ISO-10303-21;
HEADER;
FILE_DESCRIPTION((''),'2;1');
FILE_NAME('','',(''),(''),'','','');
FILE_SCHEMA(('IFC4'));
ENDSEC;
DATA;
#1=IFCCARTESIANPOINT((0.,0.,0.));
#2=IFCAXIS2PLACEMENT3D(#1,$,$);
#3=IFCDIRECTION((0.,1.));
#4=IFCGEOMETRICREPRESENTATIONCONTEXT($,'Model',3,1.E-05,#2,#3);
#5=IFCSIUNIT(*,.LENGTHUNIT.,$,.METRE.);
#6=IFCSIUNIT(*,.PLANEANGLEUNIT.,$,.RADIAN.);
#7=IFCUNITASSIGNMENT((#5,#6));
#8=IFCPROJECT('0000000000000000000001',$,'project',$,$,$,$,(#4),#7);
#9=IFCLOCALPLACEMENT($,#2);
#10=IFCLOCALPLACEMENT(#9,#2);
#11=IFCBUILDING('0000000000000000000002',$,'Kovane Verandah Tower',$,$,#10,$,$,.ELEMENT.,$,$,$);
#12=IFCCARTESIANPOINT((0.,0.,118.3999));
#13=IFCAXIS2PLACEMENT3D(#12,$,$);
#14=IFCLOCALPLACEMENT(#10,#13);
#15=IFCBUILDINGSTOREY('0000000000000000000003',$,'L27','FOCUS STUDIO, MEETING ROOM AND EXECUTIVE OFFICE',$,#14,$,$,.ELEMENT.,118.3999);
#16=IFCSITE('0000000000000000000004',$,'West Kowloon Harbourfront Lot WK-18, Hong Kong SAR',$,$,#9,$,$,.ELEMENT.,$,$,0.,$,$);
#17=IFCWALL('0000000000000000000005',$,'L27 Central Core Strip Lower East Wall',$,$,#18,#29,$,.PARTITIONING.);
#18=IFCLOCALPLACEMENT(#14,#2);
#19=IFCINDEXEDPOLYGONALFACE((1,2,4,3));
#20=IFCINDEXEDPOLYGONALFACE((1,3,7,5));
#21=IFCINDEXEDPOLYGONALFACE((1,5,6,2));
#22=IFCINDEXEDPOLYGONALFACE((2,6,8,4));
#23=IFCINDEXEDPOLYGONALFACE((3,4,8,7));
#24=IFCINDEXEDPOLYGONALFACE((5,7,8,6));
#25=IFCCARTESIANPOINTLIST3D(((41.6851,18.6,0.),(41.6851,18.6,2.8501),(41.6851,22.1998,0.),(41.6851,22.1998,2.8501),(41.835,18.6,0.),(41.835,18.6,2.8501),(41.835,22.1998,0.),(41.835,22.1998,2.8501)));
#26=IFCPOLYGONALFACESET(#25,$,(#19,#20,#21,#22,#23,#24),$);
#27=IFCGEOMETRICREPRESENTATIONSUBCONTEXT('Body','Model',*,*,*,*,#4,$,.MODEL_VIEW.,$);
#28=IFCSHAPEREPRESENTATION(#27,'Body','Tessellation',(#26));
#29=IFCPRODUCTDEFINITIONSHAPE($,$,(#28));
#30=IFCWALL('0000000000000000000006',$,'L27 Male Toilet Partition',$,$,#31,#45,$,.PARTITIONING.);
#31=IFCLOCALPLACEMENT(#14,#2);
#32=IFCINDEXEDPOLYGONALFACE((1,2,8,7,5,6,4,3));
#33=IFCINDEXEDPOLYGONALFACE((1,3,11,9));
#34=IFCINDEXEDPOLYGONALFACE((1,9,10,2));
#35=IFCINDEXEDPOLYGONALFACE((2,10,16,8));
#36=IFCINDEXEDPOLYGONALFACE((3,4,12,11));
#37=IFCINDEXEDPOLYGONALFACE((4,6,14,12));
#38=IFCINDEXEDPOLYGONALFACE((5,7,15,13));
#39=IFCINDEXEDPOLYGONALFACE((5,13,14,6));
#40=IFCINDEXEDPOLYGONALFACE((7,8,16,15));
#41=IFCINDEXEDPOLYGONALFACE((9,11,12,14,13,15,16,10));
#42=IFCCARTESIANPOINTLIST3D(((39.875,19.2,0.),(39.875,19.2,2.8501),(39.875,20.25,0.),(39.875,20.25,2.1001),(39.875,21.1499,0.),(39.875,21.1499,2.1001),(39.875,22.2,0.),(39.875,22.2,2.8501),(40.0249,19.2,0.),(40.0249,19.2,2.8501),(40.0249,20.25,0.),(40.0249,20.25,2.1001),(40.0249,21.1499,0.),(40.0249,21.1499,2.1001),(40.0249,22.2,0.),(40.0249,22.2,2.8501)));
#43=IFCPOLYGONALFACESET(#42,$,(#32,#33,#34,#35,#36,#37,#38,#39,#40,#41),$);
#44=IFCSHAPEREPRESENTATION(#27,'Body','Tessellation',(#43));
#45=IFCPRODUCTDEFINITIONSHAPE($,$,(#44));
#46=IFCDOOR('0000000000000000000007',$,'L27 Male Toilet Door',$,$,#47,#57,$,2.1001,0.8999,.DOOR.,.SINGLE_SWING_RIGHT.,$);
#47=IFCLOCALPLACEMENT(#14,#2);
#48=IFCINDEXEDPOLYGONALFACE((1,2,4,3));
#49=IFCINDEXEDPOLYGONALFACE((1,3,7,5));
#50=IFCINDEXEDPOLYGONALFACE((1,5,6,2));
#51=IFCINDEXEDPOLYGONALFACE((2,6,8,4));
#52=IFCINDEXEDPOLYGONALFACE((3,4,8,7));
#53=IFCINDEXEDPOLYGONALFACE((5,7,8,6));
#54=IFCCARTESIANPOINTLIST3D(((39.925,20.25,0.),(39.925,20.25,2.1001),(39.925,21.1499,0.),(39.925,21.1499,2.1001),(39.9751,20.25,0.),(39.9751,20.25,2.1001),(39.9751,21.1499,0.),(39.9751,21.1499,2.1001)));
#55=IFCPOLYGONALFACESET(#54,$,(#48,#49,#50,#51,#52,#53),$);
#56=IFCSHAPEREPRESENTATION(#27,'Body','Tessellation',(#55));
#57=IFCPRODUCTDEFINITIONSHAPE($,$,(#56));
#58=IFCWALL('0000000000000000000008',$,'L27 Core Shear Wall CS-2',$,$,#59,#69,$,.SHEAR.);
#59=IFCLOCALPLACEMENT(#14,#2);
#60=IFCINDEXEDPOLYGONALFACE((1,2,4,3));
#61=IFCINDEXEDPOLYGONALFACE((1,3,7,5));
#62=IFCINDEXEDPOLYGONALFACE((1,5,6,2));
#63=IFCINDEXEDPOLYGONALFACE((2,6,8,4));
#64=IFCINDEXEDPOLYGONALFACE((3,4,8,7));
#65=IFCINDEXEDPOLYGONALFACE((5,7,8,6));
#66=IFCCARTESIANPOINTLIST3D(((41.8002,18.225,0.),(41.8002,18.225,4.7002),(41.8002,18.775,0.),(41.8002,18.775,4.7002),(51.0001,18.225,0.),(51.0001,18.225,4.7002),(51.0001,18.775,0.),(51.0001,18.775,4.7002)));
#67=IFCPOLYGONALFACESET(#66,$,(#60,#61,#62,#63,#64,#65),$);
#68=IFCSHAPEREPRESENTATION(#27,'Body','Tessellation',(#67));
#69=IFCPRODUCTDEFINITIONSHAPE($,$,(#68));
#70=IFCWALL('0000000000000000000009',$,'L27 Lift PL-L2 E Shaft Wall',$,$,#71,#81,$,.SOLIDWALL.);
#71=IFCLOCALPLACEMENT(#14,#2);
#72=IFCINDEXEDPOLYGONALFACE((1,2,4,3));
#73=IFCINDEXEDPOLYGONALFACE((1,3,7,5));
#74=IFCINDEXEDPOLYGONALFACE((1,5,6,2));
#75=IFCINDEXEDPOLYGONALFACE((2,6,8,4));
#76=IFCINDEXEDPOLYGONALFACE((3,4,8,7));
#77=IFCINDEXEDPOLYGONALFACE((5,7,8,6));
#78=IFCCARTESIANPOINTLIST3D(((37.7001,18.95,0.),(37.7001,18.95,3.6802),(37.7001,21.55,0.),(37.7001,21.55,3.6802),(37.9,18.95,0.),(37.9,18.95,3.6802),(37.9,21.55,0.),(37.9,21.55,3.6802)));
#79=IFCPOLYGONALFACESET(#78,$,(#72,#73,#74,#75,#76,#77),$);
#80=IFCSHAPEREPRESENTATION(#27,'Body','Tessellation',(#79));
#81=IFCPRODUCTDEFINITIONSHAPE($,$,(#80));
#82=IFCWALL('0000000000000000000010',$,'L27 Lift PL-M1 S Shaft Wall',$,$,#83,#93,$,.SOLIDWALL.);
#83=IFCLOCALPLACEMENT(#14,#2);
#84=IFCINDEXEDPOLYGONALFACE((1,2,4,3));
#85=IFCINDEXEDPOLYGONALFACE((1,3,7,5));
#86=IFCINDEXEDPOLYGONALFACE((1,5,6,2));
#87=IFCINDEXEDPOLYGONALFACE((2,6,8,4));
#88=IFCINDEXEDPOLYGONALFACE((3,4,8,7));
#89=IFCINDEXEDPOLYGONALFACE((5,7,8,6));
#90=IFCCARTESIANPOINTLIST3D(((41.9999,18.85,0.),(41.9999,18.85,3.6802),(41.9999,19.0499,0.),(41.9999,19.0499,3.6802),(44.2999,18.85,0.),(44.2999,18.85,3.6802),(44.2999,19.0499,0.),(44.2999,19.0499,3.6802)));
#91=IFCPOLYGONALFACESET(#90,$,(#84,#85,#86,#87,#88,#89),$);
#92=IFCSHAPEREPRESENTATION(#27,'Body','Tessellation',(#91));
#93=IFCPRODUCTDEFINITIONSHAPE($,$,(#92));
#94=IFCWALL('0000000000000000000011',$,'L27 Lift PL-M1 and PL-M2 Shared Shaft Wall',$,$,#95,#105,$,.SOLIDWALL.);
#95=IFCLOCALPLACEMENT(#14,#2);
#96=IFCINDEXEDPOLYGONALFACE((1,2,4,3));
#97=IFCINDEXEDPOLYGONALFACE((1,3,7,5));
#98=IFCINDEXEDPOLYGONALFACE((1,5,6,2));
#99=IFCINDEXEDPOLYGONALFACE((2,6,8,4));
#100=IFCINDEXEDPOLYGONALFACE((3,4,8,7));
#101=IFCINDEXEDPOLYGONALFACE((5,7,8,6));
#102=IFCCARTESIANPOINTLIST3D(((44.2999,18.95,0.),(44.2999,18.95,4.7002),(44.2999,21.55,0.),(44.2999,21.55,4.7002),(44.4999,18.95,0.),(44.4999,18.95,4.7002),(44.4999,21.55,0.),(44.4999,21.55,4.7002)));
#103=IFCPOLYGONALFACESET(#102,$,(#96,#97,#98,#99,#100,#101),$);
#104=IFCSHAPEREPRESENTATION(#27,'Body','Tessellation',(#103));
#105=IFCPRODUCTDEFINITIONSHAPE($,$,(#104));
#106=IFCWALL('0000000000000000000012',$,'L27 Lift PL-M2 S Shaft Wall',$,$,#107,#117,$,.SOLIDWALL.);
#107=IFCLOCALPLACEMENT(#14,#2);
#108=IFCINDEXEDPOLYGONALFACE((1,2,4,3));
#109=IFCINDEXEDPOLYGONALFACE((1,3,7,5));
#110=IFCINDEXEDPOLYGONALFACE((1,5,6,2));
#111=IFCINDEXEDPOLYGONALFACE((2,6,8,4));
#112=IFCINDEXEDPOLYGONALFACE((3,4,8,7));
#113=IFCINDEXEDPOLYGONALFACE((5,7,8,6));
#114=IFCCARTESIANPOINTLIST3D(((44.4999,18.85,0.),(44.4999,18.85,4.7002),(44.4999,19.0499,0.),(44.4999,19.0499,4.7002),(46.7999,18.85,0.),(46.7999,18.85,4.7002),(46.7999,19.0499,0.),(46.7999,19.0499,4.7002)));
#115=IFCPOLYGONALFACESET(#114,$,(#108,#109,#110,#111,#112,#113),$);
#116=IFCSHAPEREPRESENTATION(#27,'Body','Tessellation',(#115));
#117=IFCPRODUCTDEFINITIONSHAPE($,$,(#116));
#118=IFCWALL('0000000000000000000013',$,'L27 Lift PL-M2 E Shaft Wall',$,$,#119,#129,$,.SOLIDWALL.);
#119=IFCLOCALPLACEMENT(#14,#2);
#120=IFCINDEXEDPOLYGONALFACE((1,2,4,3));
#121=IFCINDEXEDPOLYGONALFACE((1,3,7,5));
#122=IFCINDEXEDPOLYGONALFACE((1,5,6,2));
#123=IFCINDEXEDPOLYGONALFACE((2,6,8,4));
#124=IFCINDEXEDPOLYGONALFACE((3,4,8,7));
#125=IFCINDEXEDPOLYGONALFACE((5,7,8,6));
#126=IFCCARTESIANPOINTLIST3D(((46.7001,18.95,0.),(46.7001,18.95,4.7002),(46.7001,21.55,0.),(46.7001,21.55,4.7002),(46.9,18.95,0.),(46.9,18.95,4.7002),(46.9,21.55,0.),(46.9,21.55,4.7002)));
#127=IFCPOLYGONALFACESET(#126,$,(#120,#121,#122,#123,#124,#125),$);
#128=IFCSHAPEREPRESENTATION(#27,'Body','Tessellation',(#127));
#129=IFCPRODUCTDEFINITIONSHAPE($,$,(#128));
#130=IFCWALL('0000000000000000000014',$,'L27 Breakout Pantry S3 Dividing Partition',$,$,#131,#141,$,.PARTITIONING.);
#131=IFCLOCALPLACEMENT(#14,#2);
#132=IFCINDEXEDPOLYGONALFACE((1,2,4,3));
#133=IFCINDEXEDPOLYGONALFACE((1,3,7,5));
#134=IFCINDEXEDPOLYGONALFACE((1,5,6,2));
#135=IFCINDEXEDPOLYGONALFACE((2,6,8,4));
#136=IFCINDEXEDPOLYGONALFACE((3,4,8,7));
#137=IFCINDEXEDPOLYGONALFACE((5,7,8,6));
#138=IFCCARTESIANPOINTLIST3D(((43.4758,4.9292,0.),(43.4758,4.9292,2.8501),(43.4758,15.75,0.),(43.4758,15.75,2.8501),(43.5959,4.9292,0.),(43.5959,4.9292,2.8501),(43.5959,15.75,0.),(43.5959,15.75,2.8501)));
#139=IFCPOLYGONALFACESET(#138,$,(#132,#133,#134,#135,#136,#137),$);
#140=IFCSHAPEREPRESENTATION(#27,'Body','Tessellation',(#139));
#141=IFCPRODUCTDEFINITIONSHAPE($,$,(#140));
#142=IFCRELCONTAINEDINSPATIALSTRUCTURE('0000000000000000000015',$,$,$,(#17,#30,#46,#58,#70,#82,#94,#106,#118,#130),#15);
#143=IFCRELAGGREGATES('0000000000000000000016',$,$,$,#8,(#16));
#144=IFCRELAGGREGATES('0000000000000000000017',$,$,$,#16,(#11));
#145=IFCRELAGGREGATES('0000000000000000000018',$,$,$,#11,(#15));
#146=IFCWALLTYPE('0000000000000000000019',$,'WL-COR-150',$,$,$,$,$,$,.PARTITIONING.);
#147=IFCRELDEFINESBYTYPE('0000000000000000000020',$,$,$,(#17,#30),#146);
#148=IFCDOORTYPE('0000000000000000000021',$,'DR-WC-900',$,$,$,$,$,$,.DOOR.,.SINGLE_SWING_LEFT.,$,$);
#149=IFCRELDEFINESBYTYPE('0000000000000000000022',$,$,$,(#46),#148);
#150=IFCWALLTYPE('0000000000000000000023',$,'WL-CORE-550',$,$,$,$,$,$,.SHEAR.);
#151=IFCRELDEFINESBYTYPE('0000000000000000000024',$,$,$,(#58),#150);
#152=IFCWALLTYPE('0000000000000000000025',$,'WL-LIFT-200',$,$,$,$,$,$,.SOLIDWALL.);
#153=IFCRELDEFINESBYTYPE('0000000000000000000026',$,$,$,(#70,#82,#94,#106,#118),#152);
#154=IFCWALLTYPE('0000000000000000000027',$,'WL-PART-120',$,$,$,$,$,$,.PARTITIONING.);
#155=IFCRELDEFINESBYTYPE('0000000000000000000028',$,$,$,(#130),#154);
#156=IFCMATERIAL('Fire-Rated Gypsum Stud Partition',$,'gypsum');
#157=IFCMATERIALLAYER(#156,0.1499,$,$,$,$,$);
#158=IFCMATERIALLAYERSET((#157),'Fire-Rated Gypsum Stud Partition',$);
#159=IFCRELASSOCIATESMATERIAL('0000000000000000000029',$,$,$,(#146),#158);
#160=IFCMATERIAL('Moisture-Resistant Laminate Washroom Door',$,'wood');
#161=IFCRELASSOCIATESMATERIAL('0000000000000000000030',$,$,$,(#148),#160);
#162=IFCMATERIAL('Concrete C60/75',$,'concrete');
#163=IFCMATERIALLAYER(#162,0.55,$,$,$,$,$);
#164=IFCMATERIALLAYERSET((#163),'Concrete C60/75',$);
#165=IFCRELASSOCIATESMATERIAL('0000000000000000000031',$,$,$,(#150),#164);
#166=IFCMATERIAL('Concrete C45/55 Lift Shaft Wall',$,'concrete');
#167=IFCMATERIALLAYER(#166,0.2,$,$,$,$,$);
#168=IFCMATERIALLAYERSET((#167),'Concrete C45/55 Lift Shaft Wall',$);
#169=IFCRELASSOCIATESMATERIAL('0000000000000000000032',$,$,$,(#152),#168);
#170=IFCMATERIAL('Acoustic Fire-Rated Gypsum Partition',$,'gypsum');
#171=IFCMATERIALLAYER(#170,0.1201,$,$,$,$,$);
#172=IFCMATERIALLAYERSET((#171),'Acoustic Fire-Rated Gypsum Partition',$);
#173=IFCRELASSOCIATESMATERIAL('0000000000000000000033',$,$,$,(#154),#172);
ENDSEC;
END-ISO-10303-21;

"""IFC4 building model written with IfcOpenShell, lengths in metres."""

from ifc_helpers import new_model, si_unit, direction, frame, frame_2d, origin, place, context, subcontext, project, spatial, rectangle, extrude, material, layer, layer_set, type_object, element, fill, save


model = new_model("IFC4")

# Units and contexts
model_context = context("Model", 3, precision=1e-05, world=origin(), true_north=direction((0.0, 1.0)))
body_context = subcontext(model_context, "Body", "Model", "MODEL_VIEW")
ifc_project = project(units=[si_unit("LENGTHUNIT", "METRE"), si_unit("PLANEANGLEUNIT", "RADIAN")], contexts=[model_context])

# Site, building, storey
site_placement = place(None, origin())
site = spatial("IfcSite", under=ifc_project, at=site_placement, Name="West Kowloon Harbourfront Lot WK-18, Hong Kong SAR", CompositionType="ELEMENT", RefElevation=0.0)
building_placement = place(site_placement, origin())
building = spatial("IfcBuilding", under=site, at=building_placement, Name="Kovane Verandah Tower", CompositionType="ELEMENT")
storey_placement = place(building_placement, frame((0.0, 0.0, 118.3999)))
storey = spatial("IfcBuildingStorey", under=building, at=storey_placement, Name="L27", Description="FOCUS STUDIO, MEETING ROOM AND EXECUTIVE OFFICE", CompositionType="ELEMENT", Elevation=118.3999)

# Shared definitions
ifc_material_1 = material(Name="Concrete C60/75", Category="concrete")

# Wall
ifc_material_2 = material(Name="Fire-Rated Gypsum Stud Partition", Category="gypsum")
ifc_layer_1 = layer(ifc_material_2, 0.1499)
ifc_layer_set_1 = layer_set([ifc_layer_1], Name="Fire-Rated Gypsum Stud Partition")
wall_type_1 = type_object("IfcWallType", Name="WL-COR-150", PredefinedType="PARTITIONING", material=ifc_layer_set_1)
wall_1_placement = place(storey_placement, frame((41.76, 18.6001, 0.0), z_axis=(0.0, 0.0, 1.0), x_axis=(0.0, 1.0, 0.0)))
element("IfcWall", 1, at=wall_1_placement, inside=storey, type_object=wall_type_1, Name="L27 Central Core Strip Lower East Wall", PredefinedType="PARTITIONING", context=body_context, shape_type="SweptSolid", body=[
    extrude(rectangle(XDim=3.5999, YDim=0.1499, at=frame_2d((1.7998, 0.0))), origin(), (0.0, 0.0, 1.0), 2.8501),
])

# Wall, opening, door
wall_2_placement = place(storey_placement, frame((39.95, 19.2, 0.0), z_axis=(0.0, 0.0, 1.0), x_axis=(0.0, 1.0, 0.0)))
wall_2 = element("IfcWall", 2, at=wall_2_placement, inside=storey, type_object=wall_type_1, Name="L27 Male Toilet Partition", PredefinedType="PARTITIONING", context=body_context, shape_type="SweptSolid", body=[
    extrude(rectangle(XDim=3.0, YDim=0.1499, at=frame_2d((1.5, 0.0))), origin(), (0.0, 0.0, 1.0), 2.8501),
])
opening_1_placement = place(wall_2_placement, frame((1.05, 0.0, 0.0)))
opening_1 = element("IfcOpeningElement", 3, at=opening_1_placement, cuts=wall_2, PredefinedType="OPENING", context=body_context, shape_type="SweptSolid", body=[
    extrude(rectangle(XDim=0.8999, YDim=2.1001, at=frame_2d((0.45, 1.05))), frame((0.0, 0.075, 0.0), z_axis=(0.0, -1.0, 0.0), x_axis=(1.0, 0.0, 0.0)), (0.0, 0.0, 1.0), 0.1499),
])
ifc_material_3 = material(Name="Moisture-Resistant Laminate Washroom Door", Category="wood")
door_type_1 = type_object("IfcDoorType", Name="DR-WC-900", OperationType="SINGLE_SWING_LEFT", PredefinedType="DOOR", material=ifc_material_3)
door_1_placement = place(opening_1_placement, origin())
door_1 = element("IfcDoor", 4, at=door_1_placement, inside=storey, type_object=door_type_1, Name="L27 Male Toilet Door", OperationType="SINGLE_SWING_RIGHT", OverallHeight=2.1001, OverallWidth=0.8999, PredefinedType="DOOR", context=body_context, shape_type="SweptSolid", body=[
    extrude(rectangle(XDim=0.8999, YDim=2.1001, at=frame_2d((0.45, 1.05))), frame((0.0, 0.0249, 0.0), z_axis=(0.0, -1.0, 0.0), x_axis=(1.0, 0.0, 0.0)), (0.0, 0.0, 1.0), 0.05),
])
fill(opening_1, door_1)

# Walls
ifc_layer_2 = layer(ifc_material_1, 0.55)
ifc_layer_set_2 = layer_set([ifc_layer_2], Name="Concrete C60/75")
wall_type_2 = type_object("IfcWallType", Name="WL-CORE-550", PredefinedType="SHEAR", material=ifc_layer_set_2)
wall_3_placement = place(storey_placement, frame((41.8, 18.5, 0.0), z_axis=(0.0, 0.0, 1.0), x_axis=(1.0, 0.0, 0.0)))
element("IfcWall", 5, at=wall_3_placement, inside=storey, type_object=wall_type_2, Name="L27 Core Shear Wall CS-2", PredefinedType="SHEAR", context=body_context, shape_type="SweptSolid", body=[
    extrude(rectangle(XDim=9.2, YDim=0.55, at=frame_2d((4.6001, 0.0))), origin(), (0.0, 0.0, 1.0), 4.7002),
])
ifc_material_4 = material(Name="Concrete C45/55 Lift Shaft Wall", Category="concrete")
ifc_layer_3 = layer(ifc_material_4, 0.2)
ifc_layer_set_3 = layer_set([ifc_layer_3], Name="Concrete C45/55 Lift Shaft Wall")
wall_type_3 = type_object("IfcWallType", Name="WL-LIFT-200", PredefinedType="SOLIDWALL", material=ifc_layer_set_3)
wall_4_placement = place(storey_placement, frame((37.8, 18.95, 0.0), z_axis=(0.0, 0.0, 1.0), x_axis=(0.0, 1.0, 0.0)))
element("IfcWall", 6, at=wall_4_placement, inside=storey, type_object=wall_type_3, Name="L27 Lift PL-L2 E Shaft Wall", PredefinedType="SOLIDWALL", context=body_context, shape_type="SweptSolid", body=[
    extrude(rectangle(XDim=2.6001, YDim=0.2, at=frame_2d((1.3, 0.0))), origin(), (0.0, 0.0, 1.0), 3.6802),
])
wall_5_placement = place(storey_placement, frame((42.0, 18.95, 0.0), z_axis=(0.0, 0.0, 1.0), x_axis=(1.0, 0.0, 0.0)))
element("IfcWall", 7, at=wall_5_placement, inside=storey, type_object=wall_type_3, Name="L27 Lift PL-M1 S Shaft Wall", PredefinedType="SOLIDWALL", context=body_context, shape_type="SweptSolid", body=[
    extrude(rectangle(XDim=2.3, YDim=0.2, at=frame_2d((1.1499, 0.0))), origin(), (0.0, 0.0, 1.0), 3.6802),
])
wall_6_placement = place(storey_placement, frame((44.3999, 18.95, 0.0), z_axis=(0.0, 0.0, 1.0), x_axis=(0.0, 1.0, 0.0)))
element("IfcWall", 8, at=wall_6_placement, inside=storey, type_object=wall_type_3, Name="L27 Lift PL-M1 and PL-M2 Shared Shaft Wall", PredefinedType="SOLIDWALL", context=body_context, shape_type="SweptSolid", body=[
    extrude(rectangle(XDim=2.6001, YDim=0.2, at=frame_2d((1.3, 0.0))), origin(), (0.0, 0.0, 1.0), 4.7002),
])
wall_7_placement = place(storey_placement, frame((44.5, 18.95, 0.0), z_axis=(0.0, 0.0, 1.0), x_axis=(1.0, 0.0, 0.0)))
element("IfcWall", 9, at=wall_7_placement, inside=storey, type_object=wall_type_3, Name="L27 Lift PL-M2 S Shaft Wall", PredefinedType="SOLIDWALL", context=body_context, shape_type="SweptSolid", body=[
    extrude(rectangle(XDim=2.3, YDim=0.2, at=frame_2d((1.1499, 0.0))), origin(), (0.0, 0.0, 1.0), 4.7002),
])
wall_8_placement = place(storey_placement, frame((46.8, 18.95, 0.0), z_axis=(0.0, 0.0, 1.0), x_axis=(0.0, 1.0, 0.0)))
element("IfcWall", 10, at=wall_8_placement, inside=storey, type_object=wall_type_3, Name="L27 Lift PL-M2 E Shaft Wall", PredefinedType="SOLIDWALL", context=body_context, shape_type="SweptSolid", body=[
    extrude(rectangle(XDim=2.6001, YDim=0.2, at=frame_2d((1.3, 0.0))), origin(), (0.0, 0.0, 1.0), 4.7002),
])
ifc_material_5 = material(Name="Acoustic Fire-Rated Gypsum Partition", Category="gypsum")
ifc_layer_4 = layer(ifc_material_5, 0.1201)
ifc_layer_set_4 = layer_set([ifc_layer_4], Name="Acoustic Fire-Rated Gypsum Partition")
wall_type_4 = type_object("IfcWallType", Name="WL-PART-120", PredefinedType="PARTITIONING", material=ifc_layer_set_4)
wall_9_placement = place(storey_placement, frame((43.5359, 4.9292, 0.0), z_axis=(0.0, 0.0, 1.0), x_axis=(0.0, 1.0, 0.0)))
element("IfcWall", 11, at=wall_9_placement, inside=storey, type_object=wall_type_4, Name="L27 Breakout Pantry S3 Dividing Partition", PredefinedType="PARTITIONING", context=body_context, shape_type="SweptSolid", body=[
    extrude(rectangle(XDim=10.8208, YDim=0.1201, at=frame_2d((5.4104, 0.0))), origin(), (0.0, 0.0, 1.0), 2.8501),
])

save(model, "model.ifc")
